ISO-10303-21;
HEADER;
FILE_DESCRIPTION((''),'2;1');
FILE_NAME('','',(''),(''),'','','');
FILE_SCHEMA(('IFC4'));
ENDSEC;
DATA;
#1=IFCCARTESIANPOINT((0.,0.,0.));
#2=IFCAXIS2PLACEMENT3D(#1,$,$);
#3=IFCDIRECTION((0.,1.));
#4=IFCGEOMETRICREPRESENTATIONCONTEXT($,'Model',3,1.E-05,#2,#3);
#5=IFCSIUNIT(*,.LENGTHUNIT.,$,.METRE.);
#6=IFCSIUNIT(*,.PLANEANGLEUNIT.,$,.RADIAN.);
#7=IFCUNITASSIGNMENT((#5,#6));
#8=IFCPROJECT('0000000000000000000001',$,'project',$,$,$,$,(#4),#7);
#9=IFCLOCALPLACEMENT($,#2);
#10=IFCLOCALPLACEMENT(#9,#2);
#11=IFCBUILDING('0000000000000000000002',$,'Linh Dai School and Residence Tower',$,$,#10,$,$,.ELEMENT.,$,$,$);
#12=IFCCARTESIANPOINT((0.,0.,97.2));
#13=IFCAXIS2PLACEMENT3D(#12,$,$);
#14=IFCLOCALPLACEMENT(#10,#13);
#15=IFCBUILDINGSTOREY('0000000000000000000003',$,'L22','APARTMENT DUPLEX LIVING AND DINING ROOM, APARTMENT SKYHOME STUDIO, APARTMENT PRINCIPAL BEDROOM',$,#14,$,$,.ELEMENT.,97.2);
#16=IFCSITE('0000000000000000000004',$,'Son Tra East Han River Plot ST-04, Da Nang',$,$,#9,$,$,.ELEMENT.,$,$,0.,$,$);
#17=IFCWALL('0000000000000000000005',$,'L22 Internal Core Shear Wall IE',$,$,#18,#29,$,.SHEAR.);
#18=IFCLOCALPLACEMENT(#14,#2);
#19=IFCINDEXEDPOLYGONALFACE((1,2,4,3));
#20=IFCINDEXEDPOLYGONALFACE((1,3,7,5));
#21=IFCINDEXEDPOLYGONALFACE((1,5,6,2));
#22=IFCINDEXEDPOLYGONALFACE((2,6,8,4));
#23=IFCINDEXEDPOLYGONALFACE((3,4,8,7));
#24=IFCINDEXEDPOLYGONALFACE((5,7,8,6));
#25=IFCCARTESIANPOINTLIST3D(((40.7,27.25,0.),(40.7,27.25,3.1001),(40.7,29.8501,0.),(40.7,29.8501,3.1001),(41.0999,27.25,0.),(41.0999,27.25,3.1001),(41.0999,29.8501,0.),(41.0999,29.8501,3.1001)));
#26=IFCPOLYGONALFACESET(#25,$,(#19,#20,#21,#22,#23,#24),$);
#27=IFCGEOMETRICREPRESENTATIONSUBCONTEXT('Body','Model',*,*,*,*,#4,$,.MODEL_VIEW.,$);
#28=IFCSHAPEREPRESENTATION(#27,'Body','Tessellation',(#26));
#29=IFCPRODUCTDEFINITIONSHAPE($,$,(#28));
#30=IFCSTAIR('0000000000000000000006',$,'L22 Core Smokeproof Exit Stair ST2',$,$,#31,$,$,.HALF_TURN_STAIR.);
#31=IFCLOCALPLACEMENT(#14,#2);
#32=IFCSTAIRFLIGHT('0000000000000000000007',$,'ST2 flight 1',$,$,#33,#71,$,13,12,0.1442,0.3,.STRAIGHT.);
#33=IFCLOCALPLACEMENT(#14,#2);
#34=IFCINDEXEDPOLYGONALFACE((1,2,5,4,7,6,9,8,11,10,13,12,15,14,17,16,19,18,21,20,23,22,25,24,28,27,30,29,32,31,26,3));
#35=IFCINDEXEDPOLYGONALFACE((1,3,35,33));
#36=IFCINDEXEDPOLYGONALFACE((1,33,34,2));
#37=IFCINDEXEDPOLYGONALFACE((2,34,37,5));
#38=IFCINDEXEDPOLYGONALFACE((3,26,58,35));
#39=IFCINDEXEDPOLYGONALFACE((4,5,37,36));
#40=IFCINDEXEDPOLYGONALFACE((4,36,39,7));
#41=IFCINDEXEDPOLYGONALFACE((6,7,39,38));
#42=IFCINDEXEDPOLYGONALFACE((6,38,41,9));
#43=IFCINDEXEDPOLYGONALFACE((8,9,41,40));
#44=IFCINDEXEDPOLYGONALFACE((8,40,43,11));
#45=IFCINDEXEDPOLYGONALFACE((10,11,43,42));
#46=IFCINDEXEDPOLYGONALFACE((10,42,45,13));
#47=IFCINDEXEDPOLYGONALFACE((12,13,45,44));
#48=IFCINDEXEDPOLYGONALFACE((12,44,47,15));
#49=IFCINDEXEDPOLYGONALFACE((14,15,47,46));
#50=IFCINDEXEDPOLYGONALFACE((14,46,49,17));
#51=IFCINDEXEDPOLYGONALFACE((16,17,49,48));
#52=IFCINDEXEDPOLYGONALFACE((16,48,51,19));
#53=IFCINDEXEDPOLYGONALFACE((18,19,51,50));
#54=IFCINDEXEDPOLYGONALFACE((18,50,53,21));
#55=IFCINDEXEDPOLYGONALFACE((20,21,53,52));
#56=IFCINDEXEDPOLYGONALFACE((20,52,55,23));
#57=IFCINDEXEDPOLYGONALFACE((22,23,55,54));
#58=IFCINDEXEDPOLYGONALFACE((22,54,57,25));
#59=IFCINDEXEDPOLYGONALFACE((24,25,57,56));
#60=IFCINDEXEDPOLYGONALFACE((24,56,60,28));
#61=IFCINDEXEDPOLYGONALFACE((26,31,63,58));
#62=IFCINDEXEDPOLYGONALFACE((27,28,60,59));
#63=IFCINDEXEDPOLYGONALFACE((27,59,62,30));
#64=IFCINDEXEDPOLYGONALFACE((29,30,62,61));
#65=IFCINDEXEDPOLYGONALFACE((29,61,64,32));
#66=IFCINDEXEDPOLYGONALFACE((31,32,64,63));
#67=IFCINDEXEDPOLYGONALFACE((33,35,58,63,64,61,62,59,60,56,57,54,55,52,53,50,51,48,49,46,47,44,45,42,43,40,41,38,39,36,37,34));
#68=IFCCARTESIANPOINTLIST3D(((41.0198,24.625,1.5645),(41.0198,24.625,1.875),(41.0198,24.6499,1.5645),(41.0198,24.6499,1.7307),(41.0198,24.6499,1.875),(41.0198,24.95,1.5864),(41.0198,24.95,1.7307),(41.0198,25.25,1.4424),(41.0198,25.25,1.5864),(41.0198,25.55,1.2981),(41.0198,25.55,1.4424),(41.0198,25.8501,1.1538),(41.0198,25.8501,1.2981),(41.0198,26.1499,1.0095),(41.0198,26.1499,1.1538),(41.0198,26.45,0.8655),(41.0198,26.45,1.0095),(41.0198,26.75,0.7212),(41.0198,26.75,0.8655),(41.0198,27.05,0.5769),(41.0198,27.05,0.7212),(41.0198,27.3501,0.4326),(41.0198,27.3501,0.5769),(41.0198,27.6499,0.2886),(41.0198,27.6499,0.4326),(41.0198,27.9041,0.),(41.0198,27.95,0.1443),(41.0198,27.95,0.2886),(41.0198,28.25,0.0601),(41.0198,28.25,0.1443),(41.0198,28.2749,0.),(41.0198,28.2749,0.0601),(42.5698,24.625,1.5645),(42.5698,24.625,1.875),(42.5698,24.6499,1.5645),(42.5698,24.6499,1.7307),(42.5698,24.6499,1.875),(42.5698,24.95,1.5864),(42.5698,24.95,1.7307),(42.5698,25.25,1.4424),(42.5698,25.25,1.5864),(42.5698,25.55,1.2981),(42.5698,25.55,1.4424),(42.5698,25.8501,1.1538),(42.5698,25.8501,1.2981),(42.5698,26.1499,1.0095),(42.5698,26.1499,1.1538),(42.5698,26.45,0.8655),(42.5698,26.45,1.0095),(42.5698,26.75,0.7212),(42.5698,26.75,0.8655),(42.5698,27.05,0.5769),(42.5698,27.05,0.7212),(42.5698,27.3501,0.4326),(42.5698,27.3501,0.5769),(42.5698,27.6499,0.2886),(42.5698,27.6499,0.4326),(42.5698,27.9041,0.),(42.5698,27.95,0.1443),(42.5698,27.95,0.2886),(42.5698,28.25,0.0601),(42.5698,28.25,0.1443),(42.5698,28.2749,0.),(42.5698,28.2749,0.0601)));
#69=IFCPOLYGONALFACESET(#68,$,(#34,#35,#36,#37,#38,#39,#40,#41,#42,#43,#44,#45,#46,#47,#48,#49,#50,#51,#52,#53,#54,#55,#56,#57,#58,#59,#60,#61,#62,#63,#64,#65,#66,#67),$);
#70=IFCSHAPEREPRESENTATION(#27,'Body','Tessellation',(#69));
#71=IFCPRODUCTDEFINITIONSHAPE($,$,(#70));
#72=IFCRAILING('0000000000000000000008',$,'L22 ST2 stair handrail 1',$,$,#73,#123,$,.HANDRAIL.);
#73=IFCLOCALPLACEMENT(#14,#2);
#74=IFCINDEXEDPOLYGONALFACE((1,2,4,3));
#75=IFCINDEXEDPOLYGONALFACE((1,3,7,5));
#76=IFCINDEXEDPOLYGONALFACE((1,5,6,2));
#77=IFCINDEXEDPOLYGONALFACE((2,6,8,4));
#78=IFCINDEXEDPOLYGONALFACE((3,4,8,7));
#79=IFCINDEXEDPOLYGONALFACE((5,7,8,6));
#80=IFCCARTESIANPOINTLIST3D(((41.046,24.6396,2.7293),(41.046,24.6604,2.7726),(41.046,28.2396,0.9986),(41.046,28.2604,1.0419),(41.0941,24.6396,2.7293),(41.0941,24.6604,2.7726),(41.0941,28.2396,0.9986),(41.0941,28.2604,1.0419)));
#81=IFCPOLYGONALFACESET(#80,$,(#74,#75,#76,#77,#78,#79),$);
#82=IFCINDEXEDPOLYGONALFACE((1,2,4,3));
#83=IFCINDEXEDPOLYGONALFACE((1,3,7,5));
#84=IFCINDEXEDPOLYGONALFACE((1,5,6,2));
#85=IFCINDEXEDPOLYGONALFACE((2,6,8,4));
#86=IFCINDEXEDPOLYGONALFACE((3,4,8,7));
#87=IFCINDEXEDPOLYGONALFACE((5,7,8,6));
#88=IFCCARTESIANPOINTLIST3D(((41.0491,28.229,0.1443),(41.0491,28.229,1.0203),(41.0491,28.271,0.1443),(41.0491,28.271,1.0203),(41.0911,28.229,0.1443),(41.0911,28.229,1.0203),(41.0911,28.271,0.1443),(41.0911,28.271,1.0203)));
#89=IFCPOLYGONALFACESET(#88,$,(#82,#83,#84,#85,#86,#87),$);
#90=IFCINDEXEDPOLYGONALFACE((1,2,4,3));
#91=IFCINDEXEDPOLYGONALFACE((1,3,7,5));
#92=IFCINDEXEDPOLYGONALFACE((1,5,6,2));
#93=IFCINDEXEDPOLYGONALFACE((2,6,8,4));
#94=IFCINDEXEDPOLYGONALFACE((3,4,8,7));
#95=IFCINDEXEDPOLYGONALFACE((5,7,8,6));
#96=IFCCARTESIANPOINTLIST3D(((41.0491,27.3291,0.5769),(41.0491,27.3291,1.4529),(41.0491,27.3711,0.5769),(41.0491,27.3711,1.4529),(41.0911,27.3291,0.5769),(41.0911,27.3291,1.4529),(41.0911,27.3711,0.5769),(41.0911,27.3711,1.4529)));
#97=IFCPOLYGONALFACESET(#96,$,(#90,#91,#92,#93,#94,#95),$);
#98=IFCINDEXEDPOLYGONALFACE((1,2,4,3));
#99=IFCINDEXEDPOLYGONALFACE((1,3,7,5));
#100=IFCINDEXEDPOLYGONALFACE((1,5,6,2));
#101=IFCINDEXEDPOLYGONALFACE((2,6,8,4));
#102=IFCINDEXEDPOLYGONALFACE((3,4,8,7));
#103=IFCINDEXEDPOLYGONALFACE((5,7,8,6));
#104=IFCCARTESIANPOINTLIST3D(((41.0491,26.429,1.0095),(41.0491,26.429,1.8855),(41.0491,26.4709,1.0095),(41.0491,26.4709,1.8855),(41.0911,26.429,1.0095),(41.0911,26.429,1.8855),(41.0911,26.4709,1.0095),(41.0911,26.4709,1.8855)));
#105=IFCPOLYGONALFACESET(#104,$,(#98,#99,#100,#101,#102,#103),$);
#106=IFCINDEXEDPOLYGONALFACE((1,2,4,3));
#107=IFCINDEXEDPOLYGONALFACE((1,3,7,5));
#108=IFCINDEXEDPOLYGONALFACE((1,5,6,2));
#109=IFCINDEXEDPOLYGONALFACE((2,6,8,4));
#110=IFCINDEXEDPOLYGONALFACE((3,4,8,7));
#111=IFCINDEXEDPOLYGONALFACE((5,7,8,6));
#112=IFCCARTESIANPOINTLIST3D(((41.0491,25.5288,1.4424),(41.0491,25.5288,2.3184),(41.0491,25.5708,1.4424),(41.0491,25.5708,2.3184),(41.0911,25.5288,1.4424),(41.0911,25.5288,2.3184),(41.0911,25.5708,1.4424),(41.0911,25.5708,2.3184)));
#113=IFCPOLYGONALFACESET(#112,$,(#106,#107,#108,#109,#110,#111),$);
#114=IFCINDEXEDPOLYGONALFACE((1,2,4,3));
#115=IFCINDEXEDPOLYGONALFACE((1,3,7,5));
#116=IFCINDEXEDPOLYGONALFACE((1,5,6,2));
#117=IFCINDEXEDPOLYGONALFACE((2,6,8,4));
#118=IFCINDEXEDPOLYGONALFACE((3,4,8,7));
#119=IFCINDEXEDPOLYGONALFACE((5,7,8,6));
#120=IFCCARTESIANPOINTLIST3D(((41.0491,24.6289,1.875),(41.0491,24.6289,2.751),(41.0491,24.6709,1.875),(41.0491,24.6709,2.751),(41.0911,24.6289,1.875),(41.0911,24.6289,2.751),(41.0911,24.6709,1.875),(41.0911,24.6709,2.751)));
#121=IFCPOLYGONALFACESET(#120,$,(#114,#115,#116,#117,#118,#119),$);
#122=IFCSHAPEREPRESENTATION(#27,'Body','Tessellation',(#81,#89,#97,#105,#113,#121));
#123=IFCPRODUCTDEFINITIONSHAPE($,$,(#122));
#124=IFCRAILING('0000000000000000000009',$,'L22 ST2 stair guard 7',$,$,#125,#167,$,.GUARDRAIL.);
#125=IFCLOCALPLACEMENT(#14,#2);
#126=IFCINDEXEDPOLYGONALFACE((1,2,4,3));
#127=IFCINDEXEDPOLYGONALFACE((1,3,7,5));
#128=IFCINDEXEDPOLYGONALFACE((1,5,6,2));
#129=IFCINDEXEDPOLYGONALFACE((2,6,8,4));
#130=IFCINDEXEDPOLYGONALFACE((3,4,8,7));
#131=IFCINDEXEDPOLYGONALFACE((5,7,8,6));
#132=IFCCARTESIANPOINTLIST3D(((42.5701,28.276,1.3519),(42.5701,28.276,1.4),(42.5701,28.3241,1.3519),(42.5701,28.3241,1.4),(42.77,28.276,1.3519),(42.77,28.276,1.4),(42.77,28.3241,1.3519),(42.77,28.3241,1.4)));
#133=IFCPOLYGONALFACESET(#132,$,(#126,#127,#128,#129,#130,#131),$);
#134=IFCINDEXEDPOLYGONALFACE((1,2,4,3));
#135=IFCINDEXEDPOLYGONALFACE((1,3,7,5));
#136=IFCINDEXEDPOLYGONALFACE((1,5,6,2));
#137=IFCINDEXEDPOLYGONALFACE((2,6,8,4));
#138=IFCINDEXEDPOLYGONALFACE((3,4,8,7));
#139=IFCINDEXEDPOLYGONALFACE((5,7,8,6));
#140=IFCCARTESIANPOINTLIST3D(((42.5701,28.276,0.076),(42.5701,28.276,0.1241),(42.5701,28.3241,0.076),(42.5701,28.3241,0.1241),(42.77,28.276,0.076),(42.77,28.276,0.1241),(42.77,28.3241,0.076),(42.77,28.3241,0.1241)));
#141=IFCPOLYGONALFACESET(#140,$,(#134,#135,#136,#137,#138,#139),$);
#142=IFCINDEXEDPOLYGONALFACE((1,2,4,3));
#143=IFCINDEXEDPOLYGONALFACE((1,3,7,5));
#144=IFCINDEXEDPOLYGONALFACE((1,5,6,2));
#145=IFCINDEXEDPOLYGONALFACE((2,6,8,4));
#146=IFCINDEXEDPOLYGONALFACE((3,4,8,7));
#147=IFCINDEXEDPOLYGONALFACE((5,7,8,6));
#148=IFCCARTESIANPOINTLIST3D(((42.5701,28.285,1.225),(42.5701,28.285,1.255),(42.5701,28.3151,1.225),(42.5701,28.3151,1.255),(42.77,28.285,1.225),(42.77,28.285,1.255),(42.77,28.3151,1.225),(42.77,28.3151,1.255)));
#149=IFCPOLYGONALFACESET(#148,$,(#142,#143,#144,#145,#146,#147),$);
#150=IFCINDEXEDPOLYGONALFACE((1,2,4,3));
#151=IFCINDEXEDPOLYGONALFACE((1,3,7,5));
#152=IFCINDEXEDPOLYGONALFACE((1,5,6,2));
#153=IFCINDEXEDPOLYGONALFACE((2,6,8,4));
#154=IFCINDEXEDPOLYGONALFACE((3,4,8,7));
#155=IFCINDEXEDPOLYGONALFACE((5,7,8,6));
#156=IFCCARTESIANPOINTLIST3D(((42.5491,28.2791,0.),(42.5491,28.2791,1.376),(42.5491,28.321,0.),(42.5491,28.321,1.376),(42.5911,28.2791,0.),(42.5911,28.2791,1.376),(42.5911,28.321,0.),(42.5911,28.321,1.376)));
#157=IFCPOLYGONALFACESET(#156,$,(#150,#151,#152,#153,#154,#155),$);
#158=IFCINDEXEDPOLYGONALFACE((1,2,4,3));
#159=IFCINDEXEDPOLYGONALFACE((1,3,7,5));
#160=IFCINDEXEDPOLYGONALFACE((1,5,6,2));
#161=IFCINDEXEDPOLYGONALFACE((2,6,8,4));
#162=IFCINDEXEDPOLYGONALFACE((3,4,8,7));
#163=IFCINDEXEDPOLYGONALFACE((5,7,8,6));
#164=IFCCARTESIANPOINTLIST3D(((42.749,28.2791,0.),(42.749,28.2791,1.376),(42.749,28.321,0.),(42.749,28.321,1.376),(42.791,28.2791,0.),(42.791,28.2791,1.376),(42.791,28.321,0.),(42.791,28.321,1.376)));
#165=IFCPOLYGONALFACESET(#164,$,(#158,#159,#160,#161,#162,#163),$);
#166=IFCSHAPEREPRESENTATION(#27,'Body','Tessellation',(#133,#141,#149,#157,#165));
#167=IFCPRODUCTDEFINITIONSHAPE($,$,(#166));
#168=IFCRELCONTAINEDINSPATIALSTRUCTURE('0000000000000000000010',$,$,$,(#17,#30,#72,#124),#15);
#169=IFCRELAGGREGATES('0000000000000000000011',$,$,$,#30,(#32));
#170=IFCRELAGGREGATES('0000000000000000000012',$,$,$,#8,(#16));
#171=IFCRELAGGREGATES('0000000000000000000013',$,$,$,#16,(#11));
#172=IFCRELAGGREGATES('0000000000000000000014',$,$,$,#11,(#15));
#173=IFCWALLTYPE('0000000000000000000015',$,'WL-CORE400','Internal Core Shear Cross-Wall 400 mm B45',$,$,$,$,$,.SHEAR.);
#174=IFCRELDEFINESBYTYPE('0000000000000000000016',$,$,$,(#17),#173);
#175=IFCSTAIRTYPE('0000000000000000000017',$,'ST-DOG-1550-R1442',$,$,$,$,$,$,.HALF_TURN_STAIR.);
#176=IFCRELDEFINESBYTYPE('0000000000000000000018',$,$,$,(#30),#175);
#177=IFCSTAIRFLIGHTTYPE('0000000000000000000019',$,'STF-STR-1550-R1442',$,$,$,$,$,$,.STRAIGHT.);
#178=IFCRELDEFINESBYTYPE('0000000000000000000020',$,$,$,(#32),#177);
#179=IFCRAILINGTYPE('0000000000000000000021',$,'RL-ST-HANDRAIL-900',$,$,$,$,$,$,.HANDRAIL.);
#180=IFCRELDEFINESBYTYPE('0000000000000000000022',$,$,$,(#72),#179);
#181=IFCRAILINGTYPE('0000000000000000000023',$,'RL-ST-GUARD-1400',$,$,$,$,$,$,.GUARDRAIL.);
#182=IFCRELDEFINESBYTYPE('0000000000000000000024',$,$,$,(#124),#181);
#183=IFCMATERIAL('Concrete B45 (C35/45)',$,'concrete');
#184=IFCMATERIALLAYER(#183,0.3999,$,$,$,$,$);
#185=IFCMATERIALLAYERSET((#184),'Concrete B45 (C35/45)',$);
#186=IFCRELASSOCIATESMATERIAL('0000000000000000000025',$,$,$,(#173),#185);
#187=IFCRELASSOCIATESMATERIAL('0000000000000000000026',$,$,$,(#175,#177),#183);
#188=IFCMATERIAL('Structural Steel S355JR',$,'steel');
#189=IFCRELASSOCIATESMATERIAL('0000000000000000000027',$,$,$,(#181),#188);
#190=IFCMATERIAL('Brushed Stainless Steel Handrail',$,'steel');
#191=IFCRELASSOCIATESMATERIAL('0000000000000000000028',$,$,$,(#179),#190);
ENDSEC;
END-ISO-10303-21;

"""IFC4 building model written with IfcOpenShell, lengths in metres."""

from ifc_helpers import new_model, si_unit, direction, frame, frame_2d, origin, origin_2d, place, context, subcontext, project, spatial, polyline, rectangle, outline, extrude, source, transform, mapped, material, layer, layer_set, type_object, element, aggregate, save


model = new_model("IFC4")

# Units and contexts
model_context = context("Model", 3, precision=1e-05, world=origin(), true_north=direction((0.0, 1.0)))
body_context = subcontext(model_context, "Body", "Model", "MODEL_VIEW")
ifc_project = project(units=[si_unit("LENGTHUNIT", "METRE"), si_unit("PLANEANGLEUNIT", "RADIAN")], contexts=[model_context])

# Site, building, storey
site_placement = place(None, origin())
site = spatial("IfcSite", under=ifc_project, at=site_placement, Name="Son Tra East Han River Plot ST-04, Da Nang", CompositionType="ELEMENT", RefElevation=0.0)
building_placement = place(site_placement, origin())
building = spatial("IfcBuilding", under=site, at=building_placement, Name="Linh Dai School and Residence Tower", CompositionType="ELEMENT")
storey_placement = place(building_placement, frame((0.0, 0.0, 97.2)))
storey = spatial("IfcBuildingStorey", under=building, at=storey_placement, Name="L22", Description="APARTMENT DUPLEX LIVING AND DINING ROOM, APARTMENT SKYHOME STUDIO, APARTMENT PRINCIPAL BEDROOM", CompositionType="ELEMENT", Elevation=97.2)

# Shared definitions
ifc_material_1 = material(Name="Structural Steel S355JR", Category="steel")

# Wall
ifc_material_2 = material(Name="Concrete B45 (C35/45)", Category="concrete")
ifc_layer_1 = layer(ifc_material_2, 0.3999)
ifc_layer_set_1 = layer_set([ifc_layer_1], Name="Concrete B45 (C35/45)")
wall_type_1 = type_object("IfcWallType", Name="WL-CORE400", Description="Internal Core Shear Cross-Wall 400 mm B45", PredefinedType="SHEAR", material=ifc_layer_set_1)
wall_1_placement = place(storey_placement, frame((40.8999, 27.25, 0.0), z_axis=(0.0, 0.0, 1.0), x_axis=(0.0, 1.0, 0.0)))
element("IfcWall", 1, at=wall_1_placement, inside=storey, type_object=wall_type_1, Name="L22 Internal Core Shear Wall IE", PredefinedType="SHEAR", context=body_context, shape_type="SweptSolid", body=[
    extrude(rectangle(XDim=2.6001, YDim=0.3999, at=frame_2d((1.3, 0.0))), origin(), (0.0, 0.0, 1.0), 3.1001),
])

# Stair, stair flight
stair_type = type_object("IfcStairType", Name="ST-DOG-1550-R1442", PredefinedType="HALF_TURN_STAIR", material=ifc_material_2)
stair_placement = place(storey_placement, origin())
stair = element("IfcStair", 2, at=stair_placement, inside=storey, type_object=stair_type, Name="L22 Core Smokeproof Exit Stair ST2", PredefinedType="HALF_TURN_STAIR")
stair_flight_type = type_object("IfcStairFlightType", Name="STF-STR-1550-R1442", PredefinedType="STRAIGHT", material=ifc_material_2)
shared_shape_1 = source(origin(), body_context, "Body", "SweptSolid", [
    extrude(outline(polyline([(-0.0249, 0.0), (-0.0249, 0.0601), (0.0, 0.0601), (0.0, 0.1443), (0.3, 0.1443), (0.3, 0.2886), (0.6001, 0.2886), (0.6001, 0.4326), (0.8999, 0.4326), (0.8999, 0.5769), (1.2, 0.5769), (1.2, 0.7212), (1.5, 0.7212), (1.5, 0.8655), (1.8, 0.8655), (1.8, 1.0095), (2.1001, 1.0095), (2.1001, 1.1538), (2.3999, 1.1538), (2.3999, 1.2981), (2.7, 1.2981), (2.7, 1.4424), (3.0, 1.4424), (3.0, 1.5864), (3.3, 1.5864), (3.3, 1.7307), (3.6001, 1.7307), (3.6001, 1.875), (3.625, 1.875), (3.625, 1.5645), (3.6001, 1.5645), (0.3459, 0.0), (-0.0249, 0.0)])), frame((0.0, 0.7749, 0.0), z_axis=(0.0, -1.0, 0.0), x_axis=(1.0, 0.0, 0.0)), (0.0, 0.0, 1.0), 1.55),
])
stair_flight_placement = place(storey_placement, frame((41.7949, 28.25, 0.0), z_axis=(0.0, 0.0, 1.0), x_axis=(0.0, -1.0, 0.0)))
stair_flight = element("IfcStairFlight", 3, at=stair_flight_placement, type_object=stair_flight_type, Name="ST2 flight 1", NumberOfRisers=13, NumberOfTreads=12, PredefinedType="STRAIGHT", RiserHeight=0.1442, TreadLength=0.3, context=body_context, shape_type="MappedRepresentation", body=[
    mapped(shared_shape_1, transform((0.0, 0.0, 0.0), x_axis=(1.0, 0.0, 0.0), y_axis=(0.0, 1.0, 0.0), z_axis=(0.0, 0.0, 1.0), scale=1.0)),
])
aggregate(stair, [stair_flight])

# Railings
railing_type_1 = type_object("IfcRailingType", Name="RL-ST-GUARD-1400", PredefinedType="GUARDRAIL", material=ifc_material_1)
ifc_material_3 = material(Name="Brushed Stainless Steel Handrail", Category="steel")
railing_type_2 = type_object("IfcRailingType", Name="RL-ST-HANDRAIL-900", PredefinedType="HANDRAIL", material=ifc_material_3)
shared_shape_2 = source(origin(), body_context, "Body", "SweptSolid", [
    extrude(rectangle(XDim=0.0481, YDim=0.0481, at=origin_2d()), frame((0.0, 0.0, 0.876), z_axis=(0.0, -0.901263, 0.433273), x_axis=(1.0, 0.0, 0.0)), (0.0, 0.0, 1.0), 3.9944),
    extrude(rectangle(XDim=0.042, YDim=0.042, at=origin_2d()), origin(), (0.0, 0.0, 1.0), 0.876),
    extrude(rectangle(XDim=0.042, YDim=0.042, at=origin_2d()), frame((0.0, -0.8999, 0.4326)), (0.0, 0.0, 1.0), 0.876),
    extrude(rectangle(XDim=0.042, YDim=0.042, at=origin_2d()), frame((0.0, -1.8, 0.8652)), (0.0, 0.0, 1.0), 0.876),
    extrude(rectangle(XDim=0.042, YDim=0.042, at=origin_2d()), frame((0.0, -2.7002, 1.2981)), (0.0, 0.0, 1.0), 0.876),
    extrude(rectangle(XDim=0.042, YDim=0.042, at=origin_2d()), frame((0.0, -3.6001, 1.7307)), (0.0, 0.0, 1.0), 0.876),
])
railing_1_placement = place(storey_placement, frame((41.0701, 28.25, 0.1443)))
element("IfcRailing", 4, at=railing_1_placement, inside=storey, type_object=railing_type_2, Name="L22 ST2 stair handrail 1", PredefinedType="HANDRAIL", context=body_context, shape_type="MappedRepresentation", body=[
    mapped(shared_shape_2, transform((0.0, 0.0, 0.0), x_axis=(1.0, 0.0, 0.0), y_axis=(0.0, 1.0, 0.0), z_axis=(0.0, 0.0, 1.0), scale=1.0)),
])
shared_shape_3 = source(origin(), body_context, "Body", "SweptSolid", [
    extrude(rectangle(XDim=0.0481, YDim=0.0481, at=origin_2d()), frame((0.0, 0.0, 1.376), z_axis=(1.0, 0.0, 0.0), x_axis=(0.0, 1.0, 0.0)), (0.0, 0.0, 1.0), 0.2),
    extrude(rectangle(XDim=0.0481, YDim=0.0481, at=origin_2d()), frame((0.0, 0.0, 0.1001), z_axis=(1.0, 0.0, 0.0), x_axis=(0.0, 1.0, 0.0)), (0.0, 0.0, 1.0), 0.2),
    extrude(rectangle(XDim=0.03, YDim=0.03, at=origin_2d()), frame((0.0, 0.0, 1.24), z_axis=(1.0, 0.0, 0.0), x_axis=(0.0, 1.0, 0.0)), (0.0, 0.0, 1.0), 0.2),
    extrude(rectangle(XDim=0.042, YDim=0.042, at=origin_2d()), origin(), (0.0, 0.0, 1.0), 1.376),
    extrude(rectangle(XDim=0.042, YDim=0.042, at=origin_2d()), frame((0.2, 0.0, 0.0)), (0.0, 0.0, 1.0), 1.376),
])
railing_2_placement = place(storey_placement, frame((42.5701, 28.3, 0.0)))
element("IfcRailing", 5, at=railing_2_placement, inside=storey, type_object=railing_type_1, Name="L22 ST2 stair guard 7", PredefinedType="GUARDRAIL", context=body_context, shape_type="MappedRepresentation", body=[
    mapped(shared_shape_3, transform((0.0, 0.0, 0.0), x_axis=(1.0, 0.0, 0.0), y_axis=(0.0, 1.0, 0.0), z_axis=(0.0, 0.0, 1.0), scale=1.0)),
])

save(model, "model.ifc")
